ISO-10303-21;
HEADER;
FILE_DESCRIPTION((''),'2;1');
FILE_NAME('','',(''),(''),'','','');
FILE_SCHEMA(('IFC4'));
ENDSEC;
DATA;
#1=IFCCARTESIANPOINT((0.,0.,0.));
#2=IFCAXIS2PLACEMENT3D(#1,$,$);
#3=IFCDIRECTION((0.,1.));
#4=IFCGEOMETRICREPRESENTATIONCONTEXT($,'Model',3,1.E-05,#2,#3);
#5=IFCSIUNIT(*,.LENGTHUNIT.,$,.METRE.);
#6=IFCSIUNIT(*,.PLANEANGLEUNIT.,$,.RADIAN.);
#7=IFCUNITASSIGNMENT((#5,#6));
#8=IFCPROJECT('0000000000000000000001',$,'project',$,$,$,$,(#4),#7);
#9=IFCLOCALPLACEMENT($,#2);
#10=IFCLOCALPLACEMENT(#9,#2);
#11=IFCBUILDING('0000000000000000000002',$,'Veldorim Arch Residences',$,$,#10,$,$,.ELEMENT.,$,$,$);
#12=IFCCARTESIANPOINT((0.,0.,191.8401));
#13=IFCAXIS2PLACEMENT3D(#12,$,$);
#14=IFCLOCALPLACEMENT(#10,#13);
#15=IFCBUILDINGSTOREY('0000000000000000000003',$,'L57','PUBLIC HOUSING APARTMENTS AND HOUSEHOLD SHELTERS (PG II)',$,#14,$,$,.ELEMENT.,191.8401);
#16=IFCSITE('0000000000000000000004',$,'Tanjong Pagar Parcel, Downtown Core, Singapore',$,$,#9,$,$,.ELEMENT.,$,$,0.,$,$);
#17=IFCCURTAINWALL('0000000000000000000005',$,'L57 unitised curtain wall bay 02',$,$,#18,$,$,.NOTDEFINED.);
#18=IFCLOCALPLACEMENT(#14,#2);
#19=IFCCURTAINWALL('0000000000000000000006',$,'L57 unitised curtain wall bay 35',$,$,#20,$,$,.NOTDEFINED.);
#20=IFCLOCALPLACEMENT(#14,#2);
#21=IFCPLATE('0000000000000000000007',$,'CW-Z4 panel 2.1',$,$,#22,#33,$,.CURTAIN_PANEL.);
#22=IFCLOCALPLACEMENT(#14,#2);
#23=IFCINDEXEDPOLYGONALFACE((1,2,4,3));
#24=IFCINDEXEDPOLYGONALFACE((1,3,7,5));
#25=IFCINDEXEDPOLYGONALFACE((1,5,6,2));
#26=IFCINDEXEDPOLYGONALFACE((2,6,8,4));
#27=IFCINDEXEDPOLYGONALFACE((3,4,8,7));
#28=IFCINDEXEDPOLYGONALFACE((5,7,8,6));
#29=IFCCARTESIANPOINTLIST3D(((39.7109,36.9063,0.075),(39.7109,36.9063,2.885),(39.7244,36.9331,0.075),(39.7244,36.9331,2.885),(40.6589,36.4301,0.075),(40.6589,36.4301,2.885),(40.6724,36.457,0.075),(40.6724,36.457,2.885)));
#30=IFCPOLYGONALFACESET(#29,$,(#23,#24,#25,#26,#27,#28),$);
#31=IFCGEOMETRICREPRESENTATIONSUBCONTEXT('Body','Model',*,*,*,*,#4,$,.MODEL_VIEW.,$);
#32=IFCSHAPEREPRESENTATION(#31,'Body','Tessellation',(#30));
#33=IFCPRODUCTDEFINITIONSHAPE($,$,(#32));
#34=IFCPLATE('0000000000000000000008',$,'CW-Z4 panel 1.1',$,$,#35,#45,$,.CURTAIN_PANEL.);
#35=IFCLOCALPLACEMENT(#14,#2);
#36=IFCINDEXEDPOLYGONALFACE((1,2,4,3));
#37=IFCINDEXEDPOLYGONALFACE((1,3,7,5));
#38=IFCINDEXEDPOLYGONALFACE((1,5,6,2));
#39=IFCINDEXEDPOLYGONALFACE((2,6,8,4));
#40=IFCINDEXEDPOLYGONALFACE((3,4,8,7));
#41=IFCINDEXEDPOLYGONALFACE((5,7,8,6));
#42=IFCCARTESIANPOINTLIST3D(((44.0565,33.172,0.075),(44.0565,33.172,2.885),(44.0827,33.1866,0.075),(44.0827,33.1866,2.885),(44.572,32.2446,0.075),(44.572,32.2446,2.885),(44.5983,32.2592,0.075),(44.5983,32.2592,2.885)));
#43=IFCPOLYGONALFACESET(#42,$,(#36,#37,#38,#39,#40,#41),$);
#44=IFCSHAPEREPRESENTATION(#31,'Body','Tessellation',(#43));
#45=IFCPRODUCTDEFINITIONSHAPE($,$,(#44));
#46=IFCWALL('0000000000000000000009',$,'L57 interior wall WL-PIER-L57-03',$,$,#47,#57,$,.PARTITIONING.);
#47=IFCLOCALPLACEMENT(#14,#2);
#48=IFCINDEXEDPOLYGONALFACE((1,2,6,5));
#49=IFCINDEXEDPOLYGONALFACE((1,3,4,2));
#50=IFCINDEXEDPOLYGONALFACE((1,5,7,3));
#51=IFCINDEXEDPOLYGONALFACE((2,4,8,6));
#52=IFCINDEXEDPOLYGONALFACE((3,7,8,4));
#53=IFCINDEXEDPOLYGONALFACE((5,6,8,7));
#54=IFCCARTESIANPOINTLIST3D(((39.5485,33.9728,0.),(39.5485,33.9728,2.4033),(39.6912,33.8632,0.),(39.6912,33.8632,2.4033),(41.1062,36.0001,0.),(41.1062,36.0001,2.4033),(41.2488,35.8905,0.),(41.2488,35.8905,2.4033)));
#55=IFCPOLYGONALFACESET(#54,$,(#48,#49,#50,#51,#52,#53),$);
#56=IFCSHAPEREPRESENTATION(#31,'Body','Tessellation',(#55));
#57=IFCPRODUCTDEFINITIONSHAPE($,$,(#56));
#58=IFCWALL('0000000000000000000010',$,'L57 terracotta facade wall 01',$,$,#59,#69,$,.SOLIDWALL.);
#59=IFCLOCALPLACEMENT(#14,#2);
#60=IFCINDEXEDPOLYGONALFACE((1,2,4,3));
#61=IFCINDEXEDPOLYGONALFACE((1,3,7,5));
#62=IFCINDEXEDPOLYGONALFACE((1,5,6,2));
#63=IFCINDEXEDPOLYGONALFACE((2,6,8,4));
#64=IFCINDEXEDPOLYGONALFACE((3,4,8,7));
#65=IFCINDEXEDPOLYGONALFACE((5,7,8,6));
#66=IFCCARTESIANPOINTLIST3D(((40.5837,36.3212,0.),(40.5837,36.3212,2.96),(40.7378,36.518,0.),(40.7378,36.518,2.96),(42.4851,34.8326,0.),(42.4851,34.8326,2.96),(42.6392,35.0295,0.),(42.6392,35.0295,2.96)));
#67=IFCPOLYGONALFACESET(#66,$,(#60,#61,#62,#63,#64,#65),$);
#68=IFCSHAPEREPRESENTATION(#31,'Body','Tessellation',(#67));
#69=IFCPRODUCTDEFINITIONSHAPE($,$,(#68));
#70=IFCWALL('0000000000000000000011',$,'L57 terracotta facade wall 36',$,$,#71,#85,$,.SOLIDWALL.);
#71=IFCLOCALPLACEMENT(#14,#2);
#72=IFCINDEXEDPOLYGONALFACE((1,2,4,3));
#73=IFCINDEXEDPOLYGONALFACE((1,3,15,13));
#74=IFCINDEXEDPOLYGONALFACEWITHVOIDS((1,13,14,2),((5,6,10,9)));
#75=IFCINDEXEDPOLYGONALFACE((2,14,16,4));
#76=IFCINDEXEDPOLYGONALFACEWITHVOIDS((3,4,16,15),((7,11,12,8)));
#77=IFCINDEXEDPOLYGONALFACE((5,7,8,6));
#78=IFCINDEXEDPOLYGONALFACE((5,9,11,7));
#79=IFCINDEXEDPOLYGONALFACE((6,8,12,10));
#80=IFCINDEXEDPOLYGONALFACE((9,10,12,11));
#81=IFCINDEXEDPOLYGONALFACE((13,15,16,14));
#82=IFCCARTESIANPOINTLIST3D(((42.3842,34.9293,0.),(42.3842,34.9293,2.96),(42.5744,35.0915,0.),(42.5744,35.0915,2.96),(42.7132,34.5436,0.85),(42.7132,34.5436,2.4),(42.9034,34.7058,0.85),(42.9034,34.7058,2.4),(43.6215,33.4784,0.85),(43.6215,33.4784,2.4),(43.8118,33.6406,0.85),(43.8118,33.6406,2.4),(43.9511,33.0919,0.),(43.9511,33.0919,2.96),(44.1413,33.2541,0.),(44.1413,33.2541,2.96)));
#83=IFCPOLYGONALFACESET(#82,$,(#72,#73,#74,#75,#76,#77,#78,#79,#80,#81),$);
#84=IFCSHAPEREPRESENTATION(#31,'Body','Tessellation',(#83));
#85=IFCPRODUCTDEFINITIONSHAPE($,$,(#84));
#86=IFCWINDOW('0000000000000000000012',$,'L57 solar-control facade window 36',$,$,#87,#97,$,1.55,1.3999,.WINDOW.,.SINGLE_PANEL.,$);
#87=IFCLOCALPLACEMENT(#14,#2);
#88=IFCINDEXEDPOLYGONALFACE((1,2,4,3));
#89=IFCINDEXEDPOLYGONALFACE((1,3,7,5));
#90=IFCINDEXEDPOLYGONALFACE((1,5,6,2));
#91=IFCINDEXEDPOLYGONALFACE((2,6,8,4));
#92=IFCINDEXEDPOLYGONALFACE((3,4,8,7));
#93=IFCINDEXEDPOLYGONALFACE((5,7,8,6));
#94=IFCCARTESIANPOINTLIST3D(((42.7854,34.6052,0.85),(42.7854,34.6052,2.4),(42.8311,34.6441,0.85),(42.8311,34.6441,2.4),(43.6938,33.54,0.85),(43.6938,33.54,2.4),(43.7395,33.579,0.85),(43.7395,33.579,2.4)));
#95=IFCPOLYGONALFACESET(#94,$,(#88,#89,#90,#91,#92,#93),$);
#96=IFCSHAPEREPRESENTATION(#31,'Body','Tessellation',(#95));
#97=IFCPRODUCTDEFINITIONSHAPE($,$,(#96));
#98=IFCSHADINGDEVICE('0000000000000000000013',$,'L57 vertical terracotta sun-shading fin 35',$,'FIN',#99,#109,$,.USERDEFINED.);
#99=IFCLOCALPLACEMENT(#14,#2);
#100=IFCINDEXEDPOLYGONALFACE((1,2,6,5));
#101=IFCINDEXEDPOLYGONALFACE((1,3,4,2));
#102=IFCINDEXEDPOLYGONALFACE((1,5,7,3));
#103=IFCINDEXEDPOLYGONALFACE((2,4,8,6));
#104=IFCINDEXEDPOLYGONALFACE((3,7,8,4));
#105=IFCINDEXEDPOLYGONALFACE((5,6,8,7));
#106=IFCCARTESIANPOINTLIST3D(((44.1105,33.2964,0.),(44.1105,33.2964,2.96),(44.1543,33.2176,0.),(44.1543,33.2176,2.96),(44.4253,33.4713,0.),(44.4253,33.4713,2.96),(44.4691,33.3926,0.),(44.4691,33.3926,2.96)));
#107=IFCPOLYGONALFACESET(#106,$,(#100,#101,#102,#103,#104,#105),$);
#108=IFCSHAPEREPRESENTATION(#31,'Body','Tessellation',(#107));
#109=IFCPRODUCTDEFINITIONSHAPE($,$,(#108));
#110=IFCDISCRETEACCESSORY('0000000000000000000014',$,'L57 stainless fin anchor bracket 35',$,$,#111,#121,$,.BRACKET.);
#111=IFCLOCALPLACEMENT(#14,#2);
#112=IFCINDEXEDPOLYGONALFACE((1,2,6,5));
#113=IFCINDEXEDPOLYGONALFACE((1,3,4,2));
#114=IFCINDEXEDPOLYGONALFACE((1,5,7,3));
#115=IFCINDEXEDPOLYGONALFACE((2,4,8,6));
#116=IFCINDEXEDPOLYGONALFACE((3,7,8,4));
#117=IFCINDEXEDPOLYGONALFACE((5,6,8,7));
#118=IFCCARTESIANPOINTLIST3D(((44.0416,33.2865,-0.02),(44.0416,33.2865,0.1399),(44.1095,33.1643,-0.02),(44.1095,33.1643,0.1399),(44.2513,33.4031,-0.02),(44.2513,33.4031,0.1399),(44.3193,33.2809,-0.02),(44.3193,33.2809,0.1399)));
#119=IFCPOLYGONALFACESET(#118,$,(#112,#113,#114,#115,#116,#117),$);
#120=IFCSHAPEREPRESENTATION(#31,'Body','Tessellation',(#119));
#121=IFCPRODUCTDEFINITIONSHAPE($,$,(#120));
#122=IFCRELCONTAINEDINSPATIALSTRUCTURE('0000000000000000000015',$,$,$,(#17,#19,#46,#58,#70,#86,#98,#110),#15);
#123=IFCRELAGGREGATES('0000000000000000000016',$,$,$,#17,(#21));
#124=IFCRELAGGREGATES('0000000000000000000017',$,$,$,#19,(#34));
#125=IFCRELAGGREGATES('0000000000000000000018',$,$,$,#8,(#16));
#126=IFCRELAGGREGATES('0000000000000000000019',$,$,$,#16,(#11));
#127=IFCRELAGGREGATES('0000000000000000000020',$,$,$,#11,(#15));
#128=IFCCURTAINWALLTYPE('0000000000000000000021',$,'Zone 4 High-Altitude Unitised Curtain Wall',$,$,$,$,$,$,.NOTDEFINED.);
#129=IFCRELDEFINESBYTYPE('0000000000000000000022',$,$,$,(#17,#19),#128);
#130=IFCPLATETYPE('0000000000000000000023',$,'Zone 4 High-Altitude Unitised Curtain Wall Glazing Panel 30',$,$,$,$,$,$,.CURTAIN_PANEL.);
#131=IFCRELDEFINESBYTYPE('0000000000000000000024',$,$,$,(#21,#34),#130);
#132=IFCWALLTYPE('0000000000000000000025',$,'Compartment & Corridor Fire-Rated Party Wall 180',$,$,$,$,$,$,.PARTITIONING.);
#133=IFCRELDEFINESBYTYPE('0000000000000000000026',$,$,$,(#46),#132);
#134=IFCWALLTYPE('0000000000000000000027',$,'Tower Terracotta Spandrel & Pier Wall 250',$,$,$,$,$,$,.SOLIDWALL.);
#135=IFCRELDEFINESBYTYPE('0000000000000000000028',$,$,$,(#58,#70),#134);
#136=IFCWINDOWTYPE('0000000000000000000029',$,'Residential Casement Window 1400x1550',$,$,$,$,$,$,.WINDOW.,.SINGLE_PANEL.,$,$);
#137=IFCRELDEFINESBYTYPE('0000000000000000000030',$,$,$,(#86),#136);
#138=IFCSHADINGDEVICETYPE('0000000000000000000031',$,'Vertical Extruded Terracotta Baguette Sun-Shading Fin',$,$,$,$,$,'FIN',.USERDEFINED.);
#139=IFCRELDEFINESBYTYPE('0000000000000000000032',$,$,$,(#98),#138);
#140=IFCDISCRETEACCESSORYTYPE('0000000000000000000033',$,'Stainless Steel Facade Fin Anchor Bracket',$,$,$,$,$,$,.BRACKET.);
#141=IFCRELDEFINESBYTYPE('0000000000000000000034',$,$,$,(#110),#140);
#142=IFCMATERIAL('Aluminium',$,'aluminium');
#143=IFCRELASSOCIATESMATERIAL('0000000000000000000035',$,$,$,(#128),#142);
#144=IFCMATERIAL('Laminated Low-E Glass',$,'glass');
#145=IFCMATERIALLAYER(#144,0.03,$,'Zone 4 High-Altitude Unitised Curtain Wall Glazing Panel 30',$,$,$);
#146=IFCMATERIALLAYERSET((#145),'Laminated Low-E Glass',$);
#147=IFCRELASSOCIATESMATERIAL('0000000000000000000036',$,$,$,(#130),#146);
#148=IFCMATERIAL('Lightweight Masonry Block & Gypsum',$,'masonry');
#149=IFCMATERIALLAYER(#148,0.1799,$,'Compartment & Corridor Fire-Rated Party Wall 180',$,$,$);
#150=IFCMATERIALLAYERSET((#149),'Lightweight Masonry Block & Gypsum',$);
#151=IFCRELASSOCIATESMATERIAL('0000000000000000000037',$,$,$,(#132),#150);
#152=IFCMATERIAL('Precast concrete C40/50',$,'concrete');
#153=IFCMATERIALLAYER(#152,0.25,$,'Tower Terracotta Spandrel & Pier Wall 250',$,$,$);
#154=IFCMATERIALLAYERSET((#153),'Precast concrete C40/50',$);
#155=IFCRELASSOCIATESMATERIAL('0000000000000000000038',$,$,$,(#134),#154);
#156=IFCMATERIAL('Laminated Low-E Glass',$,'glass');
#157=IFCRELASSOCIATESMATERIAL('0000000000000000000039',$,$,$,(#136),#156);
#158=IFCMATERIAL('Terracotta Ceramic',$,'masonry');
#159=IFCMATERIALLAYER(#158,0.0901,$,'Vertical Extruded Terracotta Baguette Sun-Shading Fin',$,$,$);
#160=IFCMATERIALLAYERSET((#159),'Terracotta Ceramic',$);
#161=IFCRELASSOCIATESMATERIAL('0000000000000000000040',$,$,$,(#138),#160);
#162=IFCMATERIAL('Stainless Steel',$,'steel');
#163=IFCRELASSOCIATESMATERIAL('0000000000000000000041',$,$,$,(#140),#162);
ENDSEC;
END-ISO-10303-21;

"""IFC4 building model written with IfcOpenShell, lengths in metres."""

from ifc_helpers import new_model, si_unit, direction, frame, frame_2d, origin, origin_2d, place, context, subcontext, project, spatial, rectangle, extrude, material, layer, layer_set, type_object, element, fill, aggregate, save


model = new_model("IFC4")

# Units and contexts
model_context = context("Model", 3, precision=1e-05, world=origin(), true_north=direction((0.0, 1.0)))
body_context = subcontext(model_context, "Body", "Model", "MODEL_VIEW")
ifc_project = project(units=[si_unit("LENGTHUNIT", "METRE"), si_unit("PLANEANGLEUNIT", "RADIAN")], contexts=[model_context])

# Site, building, storey
site_placement = place(None, origin())
site = spatial("IfcSite", under=ifc_project, at=site_placement, Name="Tanjong Pagar Parcel, Downtown Core, Singapore", CompositionType="ELEMENT", RefElevation=0.0)
building_placement = place(site_placement, origin())
building = spatial("IfcBuilding", under=site, at=building_placement, Name="Veldorim Arch Residences", CompositionType="ELEMENT")
storey_placement = place(building_placement, frame((0.0, 0.0, 191.8401)))
storey = spatial("IfcBuildingStorey", under=building, at=storey_placement, Name="L57", Description="PUBLIC HOUSING APARTMENTS AND HOUSEHOLD SHELTERS (PG II)", CompositionType="ELEMENT", Elevation=191.8401)

# Curtain walls
ifc_material_1 = material(Name="Aluminium", Category="aluminium")
curtain_wall_type = type_object("IfcCurtainWallType", Name="Zone 4 High-Altitude Unitised Curtain Wall", PredefinedType="NOTDEFINED", material=ifc_material_1)
curtain_wall_1_placement = place(storey_placement, origin())
curtain_wall_1 = element("IfcCurtainWall", 1, at=curtain_wall_1_placement, inside=storey, type_object=curtain_wall_type, Name="L57 unitised curtain wall bay 02", PredefinedType="NOTDEFINED")
curtain_wall_2_placement = place(storey_placement, origin())
curtain_wall_2 = element("IfcCurtainWall", 2, at=curtain_wall_2_placement, inside=storey, type_object=curtain_wall_type, Name="L57 unitised curtain wall bay 35", PredefinedType="NOTDEFINED")

# Plates
ifc_material_2 = material(Name="Laminated Low-E Glass", Category="glass")
ifc_layer_1 = layer(ifc_material_2, 0.03, Name="Zone 4 High-Altitude Unitised Curtain Wall Glazing Panel 30")
ifc_layer_set_1 = layer_set([ifc_layer_1], Name="Laminated Low-E Glass")
plate_type = type_object("IfcPlateType", Name="Zone 4 High-Altitude Unitised Curtain Wall Glazing Panel 30", PredefinedType="CURTAIN_PANEL", material=ifc_layer_set_1)
plate_1_placement = place(storey_placement, frame((40.1917, 36.6816, 0.075), z_axis=(0.0, 0.0, 1.0), x_axis=(0.893599, -0.448866, 0.0)))
plate_1 = element("IfcPlate", 3, at=plate_1_placement, type_object=plate_type, Name="CW-Z4 panel 2.1", PredefinedType="CURTAIN_PANEL", context=body_context, shape_type="SweptSolid", body=[
    extrude(rectangle(XDim=1.0608, YDim=0.03, at=origin_2d()), origin(), (0.0, 0.0, 1.0), 2.8101),
])
aggregate(curtain_wall_1, [plate_1])
plate_2_placement = place(storey_placement, frame((44.3274, 32.7156, 0.075), z_axis=(0.0, 0.0, 1.0), x_axis=(0.485885, -0.874023, 0.0)))
plate_2 = element("IfcPlate", 4, at=plate_2_placement, type_object=plate_type, Name="CW-Z4 panel 1.1", PredefinedType="CURTAIN_PANEL", context=body_context, shape_type="SweptSolid", body=[
    extrude(rectangle(XDim=1.061, YDim=0.03, at=origin_2d()), origin(), (0.0, 0.0, 1.0), 2.8101),
])
aggregate(curtain_wall_2, [plate_2])

# Walls
ifc_material_3 = material(Name="Lightweight Masonry Block & Gypsum", Category="masonry")
ifc_layer_2 = layer(ifc_material_3, 0.1799, Name="Compartment & Corridor Fire-Rated Party Wall 180")
ifc_layer_set_2 = layer_set([ifc_layer_2], Name="Lightweight Masonry Block & Gypsum")
wall_type_1 = type_object("IfcWallType", Name="Compartment & Corridor Fire-Rated Party Wall 180", PredefinedType="PARTITIONING", material=ifc_layer_set_2)
wall_1_placement = place(storey_placement, frame((39.6199, 33.918, 0.0), z_axis=(0.0, 0.0, 1.0), x_axis=(0.609249, 0.792979, 0.0)))
element("IfcWall", 5, at=wall_1_placement, inside=storey, type_object=wall_type_1, Name="L57 interior wall WL-PIER-L57-03", PredefinedType="PARTITIONING", context=body_context, shape_type="SweptSolid", body=[
    extrude(rectangle(XDim=2.5566, YDim=0.1799, at=frame_2d((1.2783, 0.0))), origin(), (0.0, 0.0, 1.0), 2.4033),
])
ifc_material_4 = material(Name="Precast concrete C40/50", Category="concrete")
ifc_layer_3 = layer(ifc_material_4, 0.25, Name="Tower Terracotta Spandrel & Pier Wall 250")
ifc_layer_set_3 = layer_set([ifc_layer_3], Name="Precast concrete C40/50")
wall_type_2 = type_object("IfcWallType", Name="Tower Terracotta Spandrel & Pier Wall 250", PredefinedType="SOLIDWALL", material=ifc_layer_set_3)
wall_2_placement = place(storey_placement, frame((40.6606, 36.4197, 0.0), z_axis=(0.0, 0.0, 1.0), x_axis=(0.787405, -0.616436, 0.0)))
element("IfcWall", 6, at=wall_2_placement, inside=storey, type_object=wall_type_2, Name="L57 terracotta facade wall 01", PredefinedType="SOLIDWALL", context=body_context, shape_type="SweptSolid", body=[
    extrude(rectangle(XDim=2.4148, YDim=0.25, at=frame_2d((1.2075, 0.0))), origin(), (0.0, 0.0, 1.0), 2.96),
])

# Wall, opening, window
wall_3_placement = place(storey_placement, frame((42.4792, 35.0105, 0.0), z_axis=(0.0, 0.0, 1.0), x_axis=(0.648874, -0.760896, 0.0)))
wall_3 = element("IfcWall", 7, at=wall_3_placement, inside=storey, type_object=wall_type_2, Name="L57 terracotta facade wall 36", PredefinedType="SOLIDWALL", context=body_context, shape_type="SweptSolid", body=[
    extrude(rectangle(XDim=2.4148, YDim=0.25, at=frame_2d((1.2075, 0.0))), origin(), (0.0, 0.0, 1.0), 2.96),
])
opening_placement = place(wall_3_placement, frame((0.5071, 0.0, 0.8501)))
opening = element("IfcOpeningElement", 8, at=opening_placement, cuts=wall_3, PredefinedType="OPENING", context=body_context, shape_type="SweptSolid", body=[
    extrude(rectangle(XDim=1.3999, YDim=1.55, at=frame_2d((0.7, 0.7749))), frame((0.0, 0.135, 0.0), z_axis=(0.0, -1.0, 0.0), x_axis=(1.0, 0.0, 0.0)), (0.0, 0.0, 1.0), 0.27),
])
ifc_material_5 = material(Name="Laminated Low-E Glass", Category="glass")
window_type = type_object("IfcWindowType", Name="Residential Casement Window 1400x1550", PartitioningType="SINGLE_PANEL", PredefinedType="WINDOW", material=ifc_material_5)
window_placement = place(opening_placement, origin())
window = element("IfcWindow", 9, at=window_placement, inside=storey, type_object=window_type, Name="L57 solar-control facade window 36", OverallHeight=1.55, OverallWidth=1.3999, PartitioningType="SINGLE_PANEL", PredefinedType="WINDOW", context=body_context, shape_type="SweptSolid", body=[
    extrude(rectangle(XDim=1.3999, YDim=1.55, at=frame_2d((0.7, 0.7749))), frame((0.0, 0.03, 0.0), z_axis=(0.0, -1.0, 0.0), x_axis=(1.0, 0.0, 0.0)), (0.0, 0.0, 1.0), 0.0601),
])
fill(opening, window)

# Shading device
ifc_material_6 = material(Name="Terracotta Ceramic", Category="masonry")
ifc_layer_4 = layer(ifc_material_6, 0.0901, Name="Vertical Extruded Terracotta Baguette Sun-Shading Fin")
ifc_layer_set_4 = layer_set([ifc_layer_4], Name="Terracotta Ceramic")
shading_device_type = type_object("IfcShadingDeviceType", Name="Vertical Extruded Terracotta Baguette Sun-Shading Fin", ElementType="FIN", PredefinedType="USERDEFINED", material=ifc_layer_set_4)
shading_device_placement = place(storey_placement, frame((44.2898, 33.3445, 0.0), z_axis=(0.0, 0.0, 1.0), x_axis=(0.485878, -0.874027, 0.0)))
element("IfcShadingDevice", 10, at=shading_device_placement, inside=storey, type_object=shading_device_type, Name="L57 vertical terracotta sun-shading fin 35", ObjectType="FIN", PredefinedType="USERDEFINED", context=body_context, shape_type="SweptSolid", body=[
    extrude(rectangle(XDim=0.0901, YDim=0.3601, at=origin_2d()), origin(), (0.0, 0.0, 1.0), 2.96),
])

# Discrete accessory
ifc_material_7 = material(Name="Stainless Steel", Category="steel")
discrete_accessory_type = type_object("IfcDiscreteAccessoryType", Name="Stainless Steel Facade Fin Anchor Bracket", PredefinedType="BRACKET", material=ifc_material_7)
discrete_accessory_placement = place(storey_placement, frame((44.1804, 33.2837, -0.02), z_axis=(0.0, 0.0, 1.0), x_axis=(0.485878, -0.874027, 0.0)))
element("IfcDiscreteAccessory", 11, at=discrete_accessory_placement, inside=storey, type_object=discrete_accessory_type, Name="L57 stainless fin anchor bracket 35", PredefinedType="BRACKET", context=body_context, shape_type="SweptSolid", body=[
    extrude(rectangle(XDim=0.1399, YDim=0.24, at=origin_2d()), origin(), (0.0, 0.0, 1.0), 0.1599),
])

save(model, "model.ifc")
